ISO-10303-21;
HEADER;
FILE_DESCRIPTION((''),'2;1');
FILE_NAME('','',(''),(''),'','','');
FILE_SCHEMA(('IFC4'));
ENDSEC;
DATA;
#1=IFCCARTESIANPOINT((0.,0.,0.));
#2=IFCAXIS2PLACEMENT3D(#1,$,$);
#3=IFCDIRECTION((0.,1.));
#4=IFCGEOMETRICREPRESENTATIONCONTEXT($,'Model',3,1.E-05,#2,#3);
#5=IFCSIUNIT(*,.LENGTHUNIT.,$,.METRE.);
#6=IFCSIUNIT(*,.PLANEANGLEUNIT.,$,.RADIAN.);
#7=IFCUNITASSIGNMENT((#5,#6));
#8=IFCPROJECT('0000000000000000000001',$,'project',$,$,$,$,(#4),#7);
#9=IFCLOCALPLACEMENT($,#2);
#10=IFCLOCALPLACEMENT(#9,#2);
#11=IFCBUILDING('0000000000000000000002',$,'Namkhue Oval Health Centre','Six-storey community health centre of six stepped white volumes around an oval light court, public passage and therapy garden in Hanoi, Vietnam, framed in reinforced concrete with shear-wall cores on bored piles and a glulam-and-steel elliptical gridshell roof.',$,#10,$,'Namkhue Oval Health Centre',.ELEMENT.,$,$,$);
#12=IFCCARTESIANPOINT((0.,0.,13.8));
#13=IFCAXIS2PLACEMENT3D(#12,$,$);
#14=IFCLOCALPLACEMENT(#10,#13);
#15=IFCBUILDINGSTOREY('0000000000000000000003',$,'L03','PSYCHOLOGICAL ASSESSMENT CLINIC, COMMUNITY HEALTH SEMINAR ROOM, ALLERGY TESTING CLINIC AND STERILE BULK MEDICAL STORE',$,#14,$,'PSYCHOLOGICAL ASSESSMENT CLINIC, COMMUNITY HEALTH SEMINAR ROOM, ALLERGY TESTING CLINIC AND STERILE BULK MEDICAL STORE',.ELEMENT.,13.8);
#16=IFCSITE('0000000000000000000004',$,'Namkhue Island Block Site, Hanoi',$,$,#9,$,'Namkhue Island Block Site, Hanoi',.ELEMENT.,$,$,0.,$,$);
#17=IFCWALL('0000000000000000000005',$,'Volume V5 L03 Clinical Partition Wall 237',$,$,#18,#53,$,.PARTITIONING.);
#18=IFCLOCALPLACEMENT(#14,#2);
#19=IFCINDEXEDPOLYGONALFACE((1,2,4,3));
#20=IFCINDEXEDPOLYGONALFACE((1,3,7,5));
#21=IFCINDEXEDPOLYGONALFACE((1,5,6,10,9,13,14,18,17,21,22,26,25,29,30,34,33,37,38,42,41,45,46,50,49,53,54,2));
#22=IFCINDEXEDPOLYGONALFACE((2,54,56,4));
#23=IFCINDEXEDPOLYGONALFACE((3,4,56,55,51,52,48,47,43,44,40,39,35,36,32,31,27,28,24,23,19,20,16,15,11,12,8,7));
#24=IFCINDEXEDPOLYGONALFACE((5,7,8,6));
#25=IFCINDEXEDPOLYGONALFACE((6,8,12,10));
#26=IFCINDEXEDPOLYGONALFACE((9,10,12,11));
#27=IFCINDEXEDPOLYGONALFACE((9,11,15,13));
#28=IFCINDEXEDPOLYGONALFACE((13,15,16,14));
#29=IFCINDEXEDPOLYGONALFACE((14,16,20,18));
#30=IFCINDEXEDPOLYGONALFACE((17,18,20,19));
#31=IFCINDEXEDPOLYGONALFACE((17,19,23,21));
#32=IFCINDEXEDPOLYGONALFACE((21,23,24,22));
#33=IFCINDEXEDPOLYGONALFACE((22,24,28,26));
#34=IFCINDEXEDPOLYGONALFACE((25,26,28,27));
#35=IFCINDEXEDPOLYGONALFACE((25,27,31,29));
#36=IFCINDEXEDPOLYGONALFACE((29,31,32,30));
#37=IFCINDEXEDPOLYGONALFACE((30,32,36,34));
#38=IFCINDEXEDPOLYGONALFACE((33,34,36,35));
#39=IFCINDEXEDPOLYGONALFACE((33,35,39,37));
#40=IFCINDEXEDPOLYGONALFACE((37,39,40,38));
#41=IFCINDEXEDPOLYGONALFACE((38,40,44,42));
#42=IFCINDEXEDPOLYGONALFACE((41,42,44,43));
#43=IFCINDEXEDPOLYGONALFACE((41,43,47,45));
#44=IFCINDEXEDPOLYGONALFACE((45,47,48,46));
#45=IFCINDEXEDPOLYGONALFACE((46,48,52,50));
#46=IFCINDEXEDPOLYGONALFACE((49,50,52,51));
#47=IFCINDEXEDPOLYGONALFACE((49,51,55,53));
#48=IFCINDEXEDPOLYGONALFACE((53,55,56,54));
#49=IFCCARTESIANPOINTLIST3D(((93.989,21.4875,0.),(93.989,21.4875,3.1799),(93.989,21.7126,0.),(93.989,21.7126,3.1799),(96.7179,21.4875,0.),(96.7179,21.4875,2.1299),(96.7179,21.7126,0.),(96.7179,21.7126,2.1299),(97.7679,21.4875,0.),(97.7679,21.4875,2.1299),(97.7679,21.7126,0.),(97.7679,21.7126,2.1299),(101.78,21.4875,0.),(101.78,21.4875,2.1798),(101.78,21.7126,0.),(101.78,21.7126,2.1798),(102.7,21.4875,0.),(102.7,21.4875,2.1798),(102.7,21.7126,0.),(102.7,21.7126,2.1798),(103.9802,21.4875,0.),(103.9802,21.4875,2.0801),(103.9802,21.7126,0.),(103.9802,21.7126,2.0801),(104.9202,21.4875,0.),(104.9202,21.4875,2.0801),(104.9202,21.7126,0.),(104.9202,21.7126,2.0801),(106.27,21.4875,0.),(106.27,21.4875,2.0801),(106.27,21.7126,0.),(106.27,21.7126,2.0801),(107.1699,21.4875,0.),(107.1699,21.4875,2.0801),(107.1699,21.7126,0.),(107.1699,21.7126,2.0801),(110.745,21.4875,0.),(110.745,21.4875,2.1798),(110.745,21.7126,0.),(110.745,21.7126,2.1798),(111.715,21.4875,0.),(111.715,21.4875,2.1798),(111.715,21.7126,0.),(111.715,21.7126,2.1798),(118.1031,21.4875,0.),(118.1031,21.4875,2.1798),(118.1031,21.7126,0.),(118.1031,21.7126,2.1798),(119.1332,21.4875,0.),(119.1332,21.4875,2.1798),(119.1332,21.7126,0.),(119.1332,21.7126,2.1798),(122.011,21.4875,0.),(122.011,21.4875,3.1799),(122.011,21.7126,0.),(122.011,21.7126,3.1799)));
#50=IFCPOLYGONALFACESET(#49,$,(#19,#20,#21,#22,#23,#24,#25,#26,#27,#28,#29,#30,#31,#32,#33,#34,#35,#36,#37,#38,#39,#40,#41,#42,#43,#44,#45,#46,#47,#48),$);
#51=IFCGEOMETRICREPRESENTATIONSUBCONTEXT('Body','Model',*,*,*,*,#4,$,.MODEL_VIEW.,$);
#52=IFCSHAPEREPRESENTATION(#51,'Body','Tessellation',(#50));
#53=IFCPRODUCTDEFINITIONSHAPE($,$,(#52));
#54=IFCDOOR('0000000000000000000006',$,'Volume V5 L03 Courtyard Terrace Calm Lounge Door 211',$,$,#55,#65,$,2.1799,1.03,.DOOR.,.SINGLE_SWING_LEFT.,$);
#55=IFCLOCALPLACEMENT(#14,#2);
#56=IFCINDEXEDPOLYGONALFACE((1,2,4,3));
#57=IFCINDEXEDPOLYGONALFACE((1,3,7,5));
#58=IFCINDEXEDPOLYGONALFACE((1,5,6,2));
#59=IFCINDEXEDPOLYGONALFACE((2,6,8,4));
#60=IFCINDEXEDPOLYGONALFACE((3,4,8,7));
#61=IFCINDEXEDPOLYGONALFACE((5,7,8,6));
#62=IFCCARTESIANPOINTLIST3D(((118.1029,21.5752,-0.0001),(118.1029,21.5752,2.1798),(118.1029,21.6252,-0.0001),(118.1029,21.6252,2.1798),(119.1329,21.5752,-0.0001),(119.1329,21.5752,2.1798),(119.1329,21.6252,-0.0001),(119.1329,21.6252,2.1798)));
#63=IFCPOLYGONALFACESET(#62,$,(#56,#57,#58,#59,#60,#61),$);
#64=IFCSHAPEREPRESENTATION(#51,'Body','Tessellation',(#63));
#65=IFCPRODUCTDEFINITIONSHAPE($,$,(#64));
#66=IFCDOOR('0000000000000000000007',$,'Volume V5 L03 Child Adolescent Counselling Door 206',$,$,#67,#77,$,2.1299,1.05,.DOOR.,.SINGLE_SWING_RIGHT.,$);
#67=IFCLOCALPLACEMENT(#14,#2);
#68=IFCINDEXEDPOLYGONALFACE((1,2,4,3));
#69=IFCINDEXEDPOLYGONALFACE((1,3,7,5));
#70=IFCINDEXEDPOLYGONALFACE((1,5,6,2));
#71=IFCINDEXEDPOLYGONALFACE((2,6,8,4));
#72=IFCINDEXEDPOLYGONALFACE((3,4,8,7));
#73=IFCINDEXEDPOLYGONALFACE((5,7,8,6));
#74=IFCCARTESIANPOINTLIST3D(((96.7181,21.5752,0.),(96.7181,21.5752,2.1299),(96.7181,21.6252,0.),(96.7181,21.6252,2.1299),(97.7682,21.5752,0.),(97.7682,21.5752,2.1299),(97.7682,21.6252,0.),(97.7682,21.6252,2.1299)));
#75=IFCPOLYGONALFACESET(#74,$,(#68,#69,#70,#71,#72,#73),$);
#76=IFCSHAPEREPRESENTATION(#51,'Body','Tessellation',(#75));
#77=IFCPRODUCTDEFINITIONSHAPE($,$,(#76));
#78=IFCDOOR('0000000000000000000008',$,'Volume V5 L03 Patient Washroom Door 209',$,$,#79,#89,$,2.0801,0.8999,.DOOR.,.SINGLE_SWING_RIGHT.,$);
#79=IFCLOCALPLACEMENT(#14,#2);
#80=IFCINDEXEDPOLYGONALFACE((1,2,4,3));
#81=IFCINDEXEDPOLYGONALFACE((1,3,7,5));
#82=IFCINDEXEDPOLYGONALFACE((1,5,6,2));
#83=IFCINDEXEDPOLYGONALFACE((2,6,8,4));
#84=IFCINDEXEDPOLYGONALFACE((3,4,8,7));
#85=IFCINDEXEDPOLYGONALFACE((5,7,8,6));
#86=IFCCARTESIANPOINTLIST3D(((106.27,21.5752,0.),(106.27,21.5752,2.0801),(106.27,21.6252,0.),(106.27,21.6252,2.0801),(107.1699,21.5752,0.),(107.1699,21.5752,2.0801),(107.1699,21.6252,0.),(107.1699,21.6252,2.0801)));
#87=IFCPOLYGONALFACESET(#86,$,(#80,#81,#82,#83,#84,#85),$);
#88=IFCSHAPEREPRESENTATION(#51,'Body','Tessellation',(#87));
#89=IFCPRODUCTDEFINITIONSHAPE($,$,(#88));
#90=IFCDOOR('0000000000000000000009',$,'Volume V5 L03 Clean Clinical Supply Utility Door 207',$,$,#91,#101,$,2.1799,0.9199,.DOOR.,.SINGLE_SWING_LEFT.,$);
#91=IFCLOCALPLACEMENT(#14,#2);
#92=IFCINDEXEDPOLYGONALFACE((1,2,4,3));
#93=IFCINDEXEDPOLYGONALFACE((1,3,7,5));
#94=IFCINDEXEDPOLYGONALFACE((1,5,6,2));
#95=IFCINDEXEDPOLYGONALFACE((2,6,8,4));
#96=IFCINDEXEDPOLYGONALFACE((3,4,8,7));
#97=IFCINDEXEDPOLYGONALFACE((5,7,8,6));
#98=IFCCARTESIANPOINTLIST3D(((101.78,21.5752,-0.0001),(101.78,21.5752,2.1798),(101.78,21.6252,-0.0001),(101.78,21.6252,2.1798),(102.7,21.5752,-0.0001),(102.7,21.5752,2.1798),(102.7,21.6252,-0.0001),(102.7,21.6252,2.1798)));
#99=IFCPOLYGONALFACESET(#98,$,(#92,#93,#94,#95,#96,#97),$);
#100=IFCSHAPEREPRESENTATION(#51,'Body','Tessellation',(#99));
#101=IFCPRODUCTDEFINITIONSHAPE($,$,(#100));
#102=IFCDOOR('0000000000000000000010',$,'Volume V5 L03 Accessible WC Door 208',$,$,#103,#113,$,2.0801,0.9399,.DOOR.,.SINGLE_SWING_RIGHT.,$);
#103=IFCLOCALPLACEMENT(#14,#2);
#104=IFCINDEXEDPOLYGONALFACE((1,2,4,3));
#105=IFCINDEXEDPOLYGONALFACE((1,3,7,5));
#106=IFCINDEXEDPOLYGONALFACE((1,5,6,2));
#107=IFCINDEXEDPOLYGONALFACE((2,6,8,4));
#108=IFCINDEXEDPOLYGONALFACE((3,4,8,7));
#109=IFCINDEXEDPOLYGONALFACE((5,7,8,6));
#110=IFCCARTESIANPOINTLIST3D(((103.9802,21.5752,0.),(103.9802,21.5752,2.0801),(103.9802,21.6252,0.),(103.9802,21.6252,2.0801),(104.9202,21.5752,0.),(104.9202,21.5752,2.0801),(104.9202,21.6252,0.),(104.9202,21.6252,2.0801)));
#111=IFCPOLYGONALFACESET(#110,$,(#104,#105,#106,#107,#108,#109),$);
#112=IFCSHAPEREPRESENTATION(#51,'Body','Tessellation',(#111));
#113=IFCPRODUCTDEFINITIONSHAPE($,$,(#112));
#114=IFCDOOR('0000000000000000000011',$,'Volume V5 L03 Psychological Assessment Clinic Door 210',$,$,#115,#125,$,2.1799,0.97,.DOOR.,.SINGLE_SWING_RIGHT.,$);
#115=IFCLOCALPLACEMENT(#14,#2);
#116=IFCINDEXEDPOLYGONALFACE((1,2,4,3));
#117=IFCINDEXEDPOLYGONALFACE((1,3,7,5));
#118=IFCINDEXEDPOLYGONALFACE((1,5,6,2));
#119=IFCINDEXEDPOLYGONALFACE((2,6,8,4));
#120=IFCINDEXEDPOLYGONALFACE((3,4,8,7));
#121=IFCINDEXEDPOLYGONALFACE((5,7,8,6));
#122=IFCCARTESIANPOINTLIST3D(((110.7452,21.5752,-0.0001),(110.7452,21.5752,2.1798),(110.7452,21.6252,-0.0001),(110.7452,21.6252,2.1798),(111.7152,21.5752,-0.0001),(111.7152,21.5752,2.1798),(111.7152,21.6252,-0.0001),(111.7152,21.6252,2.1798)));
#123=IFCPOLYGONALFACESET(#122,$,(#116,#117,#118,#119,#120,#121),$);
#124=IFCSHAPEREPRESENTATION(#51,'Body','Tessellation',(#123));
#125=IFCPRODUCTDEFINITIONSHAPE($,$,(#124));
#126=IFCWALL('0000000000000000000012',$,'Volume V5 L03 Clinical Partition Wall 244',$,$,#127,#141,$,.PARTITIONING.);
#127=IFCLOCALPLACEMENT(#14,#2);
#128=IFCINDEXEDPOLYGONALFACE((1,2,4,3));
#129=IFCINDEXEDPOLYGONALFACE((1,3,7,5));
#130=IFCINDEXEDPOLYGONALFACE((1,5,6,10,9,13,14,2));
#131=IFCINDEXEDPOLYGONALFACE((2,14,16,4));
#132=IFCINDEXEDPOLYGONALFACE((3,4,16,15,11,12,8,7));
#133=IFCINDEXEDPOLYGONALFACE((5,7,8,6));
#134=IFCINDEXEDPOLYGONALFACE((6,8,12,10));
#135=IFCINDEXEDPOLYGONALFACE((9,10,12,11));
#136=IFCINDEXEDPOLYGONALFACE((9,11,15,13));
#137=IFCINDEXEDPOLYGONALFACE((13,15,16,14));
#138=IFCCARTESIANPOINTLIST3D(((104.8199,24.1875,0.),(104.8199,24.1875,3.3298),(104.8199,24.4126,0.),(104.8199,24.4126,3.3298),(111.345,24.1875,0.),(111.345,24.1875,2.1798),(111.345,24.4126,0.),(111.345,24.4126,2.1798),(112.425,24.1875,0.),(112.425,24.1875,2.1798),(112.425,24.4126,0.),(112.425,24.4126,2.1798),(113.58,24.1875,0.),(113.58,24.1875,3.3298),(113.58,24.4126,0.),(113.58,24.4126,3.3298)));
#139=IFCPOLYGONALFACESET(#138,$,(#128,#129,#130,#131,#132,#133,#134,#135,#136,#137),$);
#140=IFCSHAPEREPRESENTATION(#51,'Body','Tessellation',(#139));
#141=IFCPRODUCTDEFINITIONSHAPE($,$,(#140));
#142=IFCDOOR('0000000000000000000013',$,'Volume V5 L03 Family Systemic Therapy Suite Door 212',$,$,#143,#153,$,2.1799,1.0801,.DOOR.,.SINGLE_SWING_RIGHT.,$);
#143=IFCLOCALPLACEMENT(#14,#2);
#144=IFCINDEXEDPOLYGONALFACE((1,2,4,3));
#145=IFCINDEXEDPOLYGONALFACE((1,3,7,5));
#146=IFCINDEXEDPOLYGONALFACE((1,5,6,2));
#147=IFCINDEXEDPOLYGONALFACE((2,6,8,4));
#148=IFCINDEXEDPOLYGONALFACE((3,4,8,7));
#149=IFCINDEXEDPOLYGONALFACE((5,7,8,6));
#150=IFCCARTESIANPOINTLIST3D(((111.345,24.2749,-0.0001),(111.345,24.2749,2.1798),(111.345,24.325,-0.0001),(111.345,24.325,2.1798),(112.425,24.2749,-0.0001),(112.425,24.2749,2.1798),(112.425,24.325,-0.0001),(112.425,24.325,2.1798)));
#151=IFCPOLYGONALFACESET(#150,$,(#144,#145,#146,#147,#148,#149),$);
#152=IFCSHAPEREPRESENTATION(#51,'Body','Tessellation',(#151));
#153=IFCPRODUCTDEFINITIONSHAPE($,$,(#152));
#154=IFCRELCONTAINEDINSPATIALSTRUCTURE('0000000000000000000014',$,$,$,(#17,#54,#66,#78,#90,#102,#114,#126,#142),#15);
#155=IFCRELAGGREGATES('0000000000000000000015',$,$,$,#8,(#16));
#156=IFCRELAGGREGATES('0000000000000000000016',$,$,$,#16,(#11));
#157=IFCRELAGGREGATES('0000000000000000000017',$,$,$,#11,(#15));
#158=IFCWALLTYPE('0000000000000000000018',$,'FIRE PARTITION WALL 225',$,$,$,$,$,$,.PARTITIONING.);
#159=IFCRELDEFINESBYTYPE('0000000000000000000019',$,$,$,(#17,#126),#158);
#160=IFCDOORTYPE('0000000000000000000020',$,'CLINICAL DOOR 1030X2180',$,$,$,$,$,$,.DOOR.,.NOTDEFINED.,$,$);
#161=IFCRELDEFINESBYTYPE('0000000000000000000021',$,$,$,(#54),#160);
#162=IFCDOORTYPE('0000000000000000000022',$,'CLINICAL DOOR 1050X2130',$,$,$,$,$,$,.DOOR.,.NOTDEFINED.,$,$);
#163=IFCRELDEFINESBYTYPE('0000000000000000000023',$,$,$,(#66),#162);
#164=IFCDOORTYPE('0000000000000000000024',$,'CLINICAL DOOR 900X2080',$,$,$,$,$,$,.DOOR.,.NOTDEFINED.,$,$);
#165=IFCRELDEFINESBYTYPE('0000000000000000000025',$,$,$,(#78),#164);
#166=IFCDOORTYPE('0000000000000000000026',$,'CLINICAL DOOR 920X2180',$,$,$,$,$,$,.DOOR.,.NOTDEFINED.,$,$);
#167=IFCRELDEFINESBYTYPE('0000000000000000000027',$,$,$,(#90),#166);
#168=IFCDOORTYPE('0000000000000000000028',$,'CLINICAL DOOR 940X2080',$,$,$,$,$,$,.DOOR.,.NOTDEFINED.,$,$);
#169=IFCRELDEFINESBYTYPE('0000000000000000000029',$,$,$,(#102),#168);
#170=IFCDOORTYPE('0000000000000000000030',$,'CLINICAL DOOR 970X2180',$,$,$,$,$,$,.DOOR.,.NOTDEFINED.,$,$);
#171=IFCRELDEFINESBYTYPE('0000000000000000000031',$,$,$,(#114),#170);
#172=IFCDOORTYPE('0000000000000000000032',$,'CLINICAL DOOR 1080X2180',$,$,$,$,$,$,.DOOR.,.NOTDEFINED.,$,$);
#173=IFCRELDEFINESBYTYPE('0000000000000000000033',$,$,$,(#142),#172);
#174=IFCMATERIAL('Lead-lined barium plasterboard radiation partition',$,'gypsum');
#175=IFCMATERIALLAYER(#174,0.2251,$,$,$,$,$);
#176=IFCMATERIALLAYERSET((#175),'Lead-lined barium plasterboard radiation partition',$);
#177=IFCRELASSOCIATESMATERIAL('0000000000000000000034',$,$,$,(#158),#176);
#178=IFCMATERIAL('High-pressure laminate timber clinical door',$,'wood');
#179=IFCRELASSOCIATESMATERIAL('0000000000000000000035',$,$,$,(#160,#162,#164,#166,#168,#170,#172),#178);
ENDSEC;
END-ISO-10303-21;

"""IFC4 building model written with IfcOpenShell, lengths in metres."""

from ifc_helpers import new_model, si_unit, direction, frame, frame_2d, origin, place, context, subcontext, project, spatial, rectangle, extrude, material, layer, layer_set, type_object, element, fill, save


model = new_model("IFC4")

# Units and contexts
model_context = context("Model", 3, precision=1e-05, world=origin(), true_north=direction((0.0, 1.0)))
body_context = subcontext(model_context, "Body", "Model", "MODEL_VIEW")
ifc_project = project(units=[si_unit("LENGTHUNIT", "METRE"), si_unit("PLANEANGLEUNIT", "RADIAN")], contexts=[model_context])

# Site, building, storey
site_placement = place(None, origin())
site = spatial("IfcSite", under=ifc_project, at=site_placement, Name="Namkhue Island Block Site, Hanoi", LongName="Namkhue Island Block Site, Hanoi", CompositionType="ELEMENT", RefElevation=0.0)
building_placement = place(site_placement, origin())
building = spatial("IfcBuilding", under=site, at=building_placement, Name="Namkhue Oval Health Centre", Description="Six-storey community health centre of six stepped white volumes around an oval light court, public passage and therapy garden in Hanoi, Vietnam, framed in reinforced concrete with shear-wall cores on bored piles and a glulam-and-steel elliptical gridshell roof.", LongName="Namkhue Oval Health Centre", CompositionType="ELEMENT")
storey_placement = place(building_placement, frame((0.0, 0.0, 13.8)))
storey = spatial("IfcBuildingStorey", under=building, at=storey_placement, Name="L03", Description="PSYCHOLOGICAL ASSESSMENT CLINIC, COMMUNITY HEALTH SEMINAR ROOM, ALLERGY TESTING CLINIC AND STERILE BULK MEDICAL STORE", LongName="PSYCHOLOGICAL ASSESSMENT CLINIC, COMMUNITY HEALTH SEMINAR ROOM, ALLERGY TESTING CLINIC AND STERILE BULK MEDICAL STORE", CompositionType="ELEMENT", Elevation=13.8)

# Wall, openings, doors
ifc_material_1 = material(Name="Lead-lined barium plasterboard radiation partition", Category="gypsum")
ifc_layer_1 = layer(ifc_material_1, 0.2251)
ifc_layer_set_1 = layer_set([ifc_layer_1], Name="Lead-lined barium plasterboard radiation partition")
wall_type_1 = type_object("IfcWallType", Name="FIRE PARTITION WALL 225", PredefinedType="PARTITIONING", material=ifc_layer_set_1)
wall_1_placement = place(storey_placement, frame((93.989, 21.6001, 0.0), z_axis=(0.0, 0.0, 1.0), x_axis=(1.0, 0.0, 0.0)))
wall_1 = element("IfcWall", 1, at=wall_1_placement, inside=storey, type_object=wall_type_1, Name="Volume V5 L03 Clinical Partition Wall 237", PredefinedType="PARTITIONING", context=body_context, shape_type="SweptSolid", body=[
    extrude(rectangle(XDim=28.022, YDim=0.2251, at=frame_2d((14.011, 0.0))), origin(), (0.0, 0.0, 1.0), 3.1799),
])
opening_1_placement = place(wall_1_placement, frame((2.729, 0.0, 0.0)))
opening_1 = element("IfcOpeningElement", 2, at=opening_1_placement, cuts=wall_1, PredefinedType="OPENING", context=body_context, shape_type="SweptSolid", body=[
    extrude(rectangle(XDim=1.05, YDim=2.1299, at=frame_2d((0.5249, 1.0649))), frame((0.0, 0.1226, 0.0), z_axis=(0.0, -1.0, 0.0), x_axis=(1.0, 0.0, 0.0)), (0.0, 0.0, 1.0), 0.2451),
])
opening_2_placement = place(wall_1_placement, frame((7.791, 0.0, 0.0)))
opening_2 = element("IfcOpeningElement", 3, at=opening_2_placement, cuts=wall_1, PredefinedType="OPENING", context=body_context, shape_type="SweptSolid", body=[
    extrude(rectangle(XDim=0.9199, YDim=2.1799, at=frame_2d((0.46, 1.0898))), frame((0.0, 0.1226, 0.0), z_axis=(0.0, -1.0, 0.0), x_axis=(1.0, 0.0, 0.0)), (0.0, 0.0, 1.0), 0.2451),
])
opening_3_placement = place(wall_1_placement, frame((9.9912, 0.0, 0.0)))
opening_3 = element("IfcOpeningElement", 4, at=opening_3_placement, cuts=wall_1, PredefinedType="OPENING", context=body_context, shape_type="SweptSolid", body=[
    extrude(rectangle(XDim=0.9399, YDim=2.0801, at=frame_2d((0.47, 1.04))), frame((0.0, 0.1226, 0.0), z_axis=(0.0, -1.0, 0.0), x_axis=(1.0, 0.0, 0.0)), (0.0, 0.0, 1.0), 0.2451),
])
opening_4_placement = place(wall_1_placement, frame((12.281, 0.0, 0.0)))
opening_4 = element("IfcOpeningElement", 5, at=opening_4_placement, cuts=wall_1, PredefinedType="OPENING", context=body_context, shape_type="SweptSolid", body=[
    extrude(rectangle(XDim=0.8999, YDim=2.0801, at=frame_2d((0.45, 1.04))), frame((0.0, 0.1226, 0.0), z_axis=(0.0, -1.0, 0.0), x_axis=(1.0, 0.0, 0.0)), (0.0, 0.0, 1.0), 0.2451),
])
opening_5_placement = place(wall_1_placement, frame((16.7561, 0.0, 0.0)))
opening_5 = element("IfcOpeningElement", 6, at=opening_5_placement, cuts=wall_1, PredefinedType="OPENING", context=body_context, shape_type="SweptSolid", body=[
    extrude(rectangle(XDim=0.97, YDim=2.1799, at=frame_2d((0.4849, 1.0898))), frame((0.0, 0.1226, 0.0), z_axis=(0.0, -1.0, 0.0), x_axis=(1.0, 0.0, 0.0)), (0.0, 0.0, 1.0), 0.2451),
])
opening_6_placement = place(wall_1_placement, frame((24.114, 0.0, 0.0)))
opening_6 = element("IfcOpeningElement", 7, at=opening_6_placement, cuts=wall_1, PredefinedType="OPENING", context=body_context, shape_type="SweptSolid", body=[
    extrude(rectangle(XDim=1.03, YDim=2.1799, at=frame_2d((0.5151, 1.0898))), frame((0.0, 0.1226, 0.0), z_axis=(0.0, -1.0, 0.0), x_axis=(1.0, 0.0, 0.0)), (0.0, 0.0, 1.0), 0.2451),
])
ifc_material_2 = material(Name="High-pressure laminate timber clinical door", Category="wood")
door_type_1 = type_object("IfcDoorType", Name="CLINICAL DOOR 1030X2180", OperationType="NOTDEFINED", PredefinedType="DOOR", material=ifc_material_2)
door_1_placement = place(opening_6_placement, frame((1.03, 0.0, 0.0), z_axis=(0.0, 0.0, 1.0), x_axis=(-1.0, 0.0, 0.0)))
door_1 = element("IfcDoor", 8, at=door_1_placement, inside=storey, type_object=door_type_1, Name="Volume V5 L03 Courtyard Terrace Calm Lounge Door 211", OperationType="SINGLE_SWING_LEFT", OverallHeight=2.1799, OverallWidth=1.03, PredefinedType="DOOR", context=body_context, shape_type="SweptSolid", body=[
    extrude(rectangle(XDim=1.03, YDim=2.1799, at=frame_2d((0.5151, 1.0898))), frame((0.0, 0.0249, 0.0), z_axis=(0.0, -1.0, 0.0), x_axis=(1.0, 0.0, 0.0)), (0.0, 0.0, 1.0), 0.05),
])
fill(opening_6, door_1)
door_type_2 = type_object("IfcDoorType", Name="CLINICAL DOOR 1050X2130", OperationType="NOTDEFINED", PredefinedType="DOOR", material=ifc_material_2)
door_2_placement = place(opening_1_placement, frame((1.05, 0.0, 0.0), z_axis=(0.0, 0.0, 1.0), x_axis=(-1.0, 0.0, 0.0)))
door_2 = element("IfcDoor", 9, at=door_2_placement, inside=storey, type_object=door_type_2, Name="Volume V5 L03 Child Adolescent Counselling Door 206", OperationType="SINGLE_SWING_RIGHT", OverallHeight=2.1299, OverallWidth=1.05, PredefinedType="DOOR", context=body_context, shape_type="SweptSolid", body=[
    extrude(rectangle(XDim=1.05, YDim=2.1299, at=frame_2d((0.5249, 1.0649))), frame((0.0, 0.0249, 0.0), z_axis=(0.0, -1.0, 0.0), x_axis=(1.0, 0.0, 0.0)), (0.0, 0.0, 1.0), 0.05),
])
fill(opening_1, door_2)
door_type_3 = type_object("IfcDoorType", Name="CLINICAL DOOR 900X2080", OperationType="NOTDEFINED", PredefinedType="DOOR", material=ifc_material_2)
door_3_placement = place(opening_4_placement, frame((0.8999, 0.0, 0.0), z_axis=(0.0, 0.0, 1.0), x_axis=(-1.0, 0.0, 0.0)))
door_3 = element("IfcDoor", 10, at=door_3_placement, inside=storey, type_object=door_type_3, Name="Volume V5 L03 Patient Washroom Door 209", OperationType="SINGLE_SWING_RIGHT", OverallHeight=2.0801, OverallWidth=0.8999, PredefinedType="DOOR", context=body_context, shape_type="SweptSolid", body=[
    extrude(rectangle(XDim=0.8999, YDim=2.0801, at=frame_2d((0.45, 1.04))), frame((0.0, 0.0249, 0.0), z_axis=(0.0, -1.0, 0.0), x_axis=(1.0, 0.0, 0.0)), (0.0, 0.0, 1.0), 0.05),
])
fill(opening_4, door_3)
door_type_4 = type_object("IfcDoorType", Name="CLINICAL DOOR 920X2180", OperationType="NOTDEFINED", PredefinedType="DOOR", material=ifc_material_2)
door_4_placement = place(opening_2_placement, frame((0.9199, 0.0, 0.0), z_axis=(0.0, 0.0, 1.0), x_axis=(-1.0, 0.0, 0.0)))
door_4 = element("IfcDoor", 11, at=door_4_placement, inside=storey, type_object=door_type_4, Name="Volume V5 L03 Clean Clinical Supply Utility Door 207", OperationType="SINGLE_SWING_LEFT", OverallHeight=2.1799, OverallWidth=0.9199, PredefinedType="DOOR", context=body_context, shape_type="SweptSolid", body=[
    extrude(rectangle(XDim=0.9199, YDim=2.1799, at=frame_2d((0.46, 1.0898))), frame((0.0, 0.0249, 0.0), z_axis=(0.0, -1.0, 0.0), x_axis=(1.0, 0.0, 0.0)), (0.0, 0.0, 1.0), 0.05),
])
fill(opening_2, door_4)
door_type_5 = type_object("IfcDoorType", Name="CLINICAL DOOR 940X2080", OperationType="NOTDEFINED", PredefinedType="DOOR", material=ifc_material_2)
door_5_placement = place(opening_3_placement, frame((0.9399, 0.0, 0.0), z_axis=(0.0, 0.0, 1.0), x_axis=(-1.0, 0.0, 0.0)))
door_5 = element("IfcDoor", 12, at=door_5_placement, inside=storey, type_object=door_type_5, Name="Volume V5 L03 Accessible WC Door 208", OperationType="SINGLE_SWING_RIGHT", OverallHeight=2.0801, OverallWidth=0.9399, PredefinedType="DOOR", context=body_context, shape_type="SweptSolid", body=[
    extrude(rectangle(XDim=0.9399, YDim=2.0801, at=frame_2d((0.47, 1.04))), frame((0.0, 0.0249, 0.0), z_axis=(0.0, -1.0, 0.0), x_axis=(1.0, 0.0, 0.0)), (0.0, 0.0, 1.0), 0.05),
])
fill(opening_3, door_5)
door_type_6 = type_object("IfcDoorType", Name="CLINICAL DOOR 970X2180", OperationType="NOTDEFINED", PredefinedType="DOOR", material=ifc_material_2)
door_6_placement = place(opening_5_placement, frame((0.97, 0.0, 0.0), z_axis=(0.0, 0.0, 1.0), x_axis=(-1.0, 0.0, 0.0)))
door_6 = element("IfcDoor", 13, at=door_6_placement, inside=storey, type_object=door_type_6, Name="Volume V5 L03 Psychological Assessment Clinic Door 210", OperationType="SINGLE_SWING_RIGHT", OverallHeight=2.1799, OverallWidth=0.97, PredefinedType="DOOR", context=body_context, shape_type="SweptSolid", body=[
    extrude(rectangle(XDim=0.97, YDim=2.1799, at=frame_2d((0.4849, 1.0898))), frame((0.0, 0.0249, 0.0), z_axis=(0.0, -1.0, 0.0), x_axis=(1.0, 0.0, 0.0)), (0.0, 0.0, 1.0), 0.05),
])
fill(opening_5, door_6)

# Wall, opening, door
wall_2_placement = place(storey_placement, frame((104.8201, 24.3, 0.0), z_axis=(0.0, 0.0, 1.0), x_axis=(1.0, 0.0, 0.0)))
wall_2 = element("IfcWall", 14, at=wall_2_placement, inside=storey, type_object=wall_type_1, Name="Volume V5 L03 Clinical Partition Wall 244", PredefinedType="PARTITIONING", context=body_context, shape_type="SweptSolid", body=[
    extrude(rectangle(XDim=8.76, YDim=0.2251, at=frame_2d((4.3799, 0.0))), origin(), (0.0, 0.0, 1.0), 3.3298),
])
opening_7_placement = place(wall_2_placement, frame((6.5249, 0.0, 0.0)))
opening_7 = element("IfcOpeningElement", 15, at=opening_7_placement, cuts=wall_2, PredefinedType="OPENING", context=body_context, shape_type="SweptSolid", body=[
    extrude(rectangle(XDim=1.0801, YDim=2.1799, at=frame_2d((0.54, 1.0898))), frame((0.0, 0.1226, 0.0), z_axis=(0.0, -1.0, 0.0), x_axis=(1.0, 0.0, 0.0)), (0.0, 0.0, 1.0), 0.2451),
])
door_type_7 = type_object("IfcDoorType", Name="CLINICAL DOOR 1080X2180", OperationType="NOTDEFINED", PredefinedType="DOOR", material=ifc_material_2)
door_7_placement = place(opening_7_placement, origin())
door_7 = element("IfcDoor", 16, at=door_7_placement, inside=storey, type_object=door_type_7, Name="Volume V5 L03 Family Systemic Therapy Suite Door 212", OperationType="SINGLE_SWING_RIGHT", OverallHeight=2.1799, OverallWidth=1.0801, PredefinedType="DOOR", context=body_context, shape_type="SweptSolid", body=[
    extrude(rectangle(XDim=1.0801, YDim=2.1799, at=frame_2d((0.54, 1.0898))), frame((0.0, 0.0249, 0.0), z_axis=(0.0, -1.0, 0.0), x_axis=(1.0, 0.0, 0.0)), (0.0, 0.0, 1.0), 0.05),
])
fill(opening_7, door_7)

save(model, "model.ifc")
